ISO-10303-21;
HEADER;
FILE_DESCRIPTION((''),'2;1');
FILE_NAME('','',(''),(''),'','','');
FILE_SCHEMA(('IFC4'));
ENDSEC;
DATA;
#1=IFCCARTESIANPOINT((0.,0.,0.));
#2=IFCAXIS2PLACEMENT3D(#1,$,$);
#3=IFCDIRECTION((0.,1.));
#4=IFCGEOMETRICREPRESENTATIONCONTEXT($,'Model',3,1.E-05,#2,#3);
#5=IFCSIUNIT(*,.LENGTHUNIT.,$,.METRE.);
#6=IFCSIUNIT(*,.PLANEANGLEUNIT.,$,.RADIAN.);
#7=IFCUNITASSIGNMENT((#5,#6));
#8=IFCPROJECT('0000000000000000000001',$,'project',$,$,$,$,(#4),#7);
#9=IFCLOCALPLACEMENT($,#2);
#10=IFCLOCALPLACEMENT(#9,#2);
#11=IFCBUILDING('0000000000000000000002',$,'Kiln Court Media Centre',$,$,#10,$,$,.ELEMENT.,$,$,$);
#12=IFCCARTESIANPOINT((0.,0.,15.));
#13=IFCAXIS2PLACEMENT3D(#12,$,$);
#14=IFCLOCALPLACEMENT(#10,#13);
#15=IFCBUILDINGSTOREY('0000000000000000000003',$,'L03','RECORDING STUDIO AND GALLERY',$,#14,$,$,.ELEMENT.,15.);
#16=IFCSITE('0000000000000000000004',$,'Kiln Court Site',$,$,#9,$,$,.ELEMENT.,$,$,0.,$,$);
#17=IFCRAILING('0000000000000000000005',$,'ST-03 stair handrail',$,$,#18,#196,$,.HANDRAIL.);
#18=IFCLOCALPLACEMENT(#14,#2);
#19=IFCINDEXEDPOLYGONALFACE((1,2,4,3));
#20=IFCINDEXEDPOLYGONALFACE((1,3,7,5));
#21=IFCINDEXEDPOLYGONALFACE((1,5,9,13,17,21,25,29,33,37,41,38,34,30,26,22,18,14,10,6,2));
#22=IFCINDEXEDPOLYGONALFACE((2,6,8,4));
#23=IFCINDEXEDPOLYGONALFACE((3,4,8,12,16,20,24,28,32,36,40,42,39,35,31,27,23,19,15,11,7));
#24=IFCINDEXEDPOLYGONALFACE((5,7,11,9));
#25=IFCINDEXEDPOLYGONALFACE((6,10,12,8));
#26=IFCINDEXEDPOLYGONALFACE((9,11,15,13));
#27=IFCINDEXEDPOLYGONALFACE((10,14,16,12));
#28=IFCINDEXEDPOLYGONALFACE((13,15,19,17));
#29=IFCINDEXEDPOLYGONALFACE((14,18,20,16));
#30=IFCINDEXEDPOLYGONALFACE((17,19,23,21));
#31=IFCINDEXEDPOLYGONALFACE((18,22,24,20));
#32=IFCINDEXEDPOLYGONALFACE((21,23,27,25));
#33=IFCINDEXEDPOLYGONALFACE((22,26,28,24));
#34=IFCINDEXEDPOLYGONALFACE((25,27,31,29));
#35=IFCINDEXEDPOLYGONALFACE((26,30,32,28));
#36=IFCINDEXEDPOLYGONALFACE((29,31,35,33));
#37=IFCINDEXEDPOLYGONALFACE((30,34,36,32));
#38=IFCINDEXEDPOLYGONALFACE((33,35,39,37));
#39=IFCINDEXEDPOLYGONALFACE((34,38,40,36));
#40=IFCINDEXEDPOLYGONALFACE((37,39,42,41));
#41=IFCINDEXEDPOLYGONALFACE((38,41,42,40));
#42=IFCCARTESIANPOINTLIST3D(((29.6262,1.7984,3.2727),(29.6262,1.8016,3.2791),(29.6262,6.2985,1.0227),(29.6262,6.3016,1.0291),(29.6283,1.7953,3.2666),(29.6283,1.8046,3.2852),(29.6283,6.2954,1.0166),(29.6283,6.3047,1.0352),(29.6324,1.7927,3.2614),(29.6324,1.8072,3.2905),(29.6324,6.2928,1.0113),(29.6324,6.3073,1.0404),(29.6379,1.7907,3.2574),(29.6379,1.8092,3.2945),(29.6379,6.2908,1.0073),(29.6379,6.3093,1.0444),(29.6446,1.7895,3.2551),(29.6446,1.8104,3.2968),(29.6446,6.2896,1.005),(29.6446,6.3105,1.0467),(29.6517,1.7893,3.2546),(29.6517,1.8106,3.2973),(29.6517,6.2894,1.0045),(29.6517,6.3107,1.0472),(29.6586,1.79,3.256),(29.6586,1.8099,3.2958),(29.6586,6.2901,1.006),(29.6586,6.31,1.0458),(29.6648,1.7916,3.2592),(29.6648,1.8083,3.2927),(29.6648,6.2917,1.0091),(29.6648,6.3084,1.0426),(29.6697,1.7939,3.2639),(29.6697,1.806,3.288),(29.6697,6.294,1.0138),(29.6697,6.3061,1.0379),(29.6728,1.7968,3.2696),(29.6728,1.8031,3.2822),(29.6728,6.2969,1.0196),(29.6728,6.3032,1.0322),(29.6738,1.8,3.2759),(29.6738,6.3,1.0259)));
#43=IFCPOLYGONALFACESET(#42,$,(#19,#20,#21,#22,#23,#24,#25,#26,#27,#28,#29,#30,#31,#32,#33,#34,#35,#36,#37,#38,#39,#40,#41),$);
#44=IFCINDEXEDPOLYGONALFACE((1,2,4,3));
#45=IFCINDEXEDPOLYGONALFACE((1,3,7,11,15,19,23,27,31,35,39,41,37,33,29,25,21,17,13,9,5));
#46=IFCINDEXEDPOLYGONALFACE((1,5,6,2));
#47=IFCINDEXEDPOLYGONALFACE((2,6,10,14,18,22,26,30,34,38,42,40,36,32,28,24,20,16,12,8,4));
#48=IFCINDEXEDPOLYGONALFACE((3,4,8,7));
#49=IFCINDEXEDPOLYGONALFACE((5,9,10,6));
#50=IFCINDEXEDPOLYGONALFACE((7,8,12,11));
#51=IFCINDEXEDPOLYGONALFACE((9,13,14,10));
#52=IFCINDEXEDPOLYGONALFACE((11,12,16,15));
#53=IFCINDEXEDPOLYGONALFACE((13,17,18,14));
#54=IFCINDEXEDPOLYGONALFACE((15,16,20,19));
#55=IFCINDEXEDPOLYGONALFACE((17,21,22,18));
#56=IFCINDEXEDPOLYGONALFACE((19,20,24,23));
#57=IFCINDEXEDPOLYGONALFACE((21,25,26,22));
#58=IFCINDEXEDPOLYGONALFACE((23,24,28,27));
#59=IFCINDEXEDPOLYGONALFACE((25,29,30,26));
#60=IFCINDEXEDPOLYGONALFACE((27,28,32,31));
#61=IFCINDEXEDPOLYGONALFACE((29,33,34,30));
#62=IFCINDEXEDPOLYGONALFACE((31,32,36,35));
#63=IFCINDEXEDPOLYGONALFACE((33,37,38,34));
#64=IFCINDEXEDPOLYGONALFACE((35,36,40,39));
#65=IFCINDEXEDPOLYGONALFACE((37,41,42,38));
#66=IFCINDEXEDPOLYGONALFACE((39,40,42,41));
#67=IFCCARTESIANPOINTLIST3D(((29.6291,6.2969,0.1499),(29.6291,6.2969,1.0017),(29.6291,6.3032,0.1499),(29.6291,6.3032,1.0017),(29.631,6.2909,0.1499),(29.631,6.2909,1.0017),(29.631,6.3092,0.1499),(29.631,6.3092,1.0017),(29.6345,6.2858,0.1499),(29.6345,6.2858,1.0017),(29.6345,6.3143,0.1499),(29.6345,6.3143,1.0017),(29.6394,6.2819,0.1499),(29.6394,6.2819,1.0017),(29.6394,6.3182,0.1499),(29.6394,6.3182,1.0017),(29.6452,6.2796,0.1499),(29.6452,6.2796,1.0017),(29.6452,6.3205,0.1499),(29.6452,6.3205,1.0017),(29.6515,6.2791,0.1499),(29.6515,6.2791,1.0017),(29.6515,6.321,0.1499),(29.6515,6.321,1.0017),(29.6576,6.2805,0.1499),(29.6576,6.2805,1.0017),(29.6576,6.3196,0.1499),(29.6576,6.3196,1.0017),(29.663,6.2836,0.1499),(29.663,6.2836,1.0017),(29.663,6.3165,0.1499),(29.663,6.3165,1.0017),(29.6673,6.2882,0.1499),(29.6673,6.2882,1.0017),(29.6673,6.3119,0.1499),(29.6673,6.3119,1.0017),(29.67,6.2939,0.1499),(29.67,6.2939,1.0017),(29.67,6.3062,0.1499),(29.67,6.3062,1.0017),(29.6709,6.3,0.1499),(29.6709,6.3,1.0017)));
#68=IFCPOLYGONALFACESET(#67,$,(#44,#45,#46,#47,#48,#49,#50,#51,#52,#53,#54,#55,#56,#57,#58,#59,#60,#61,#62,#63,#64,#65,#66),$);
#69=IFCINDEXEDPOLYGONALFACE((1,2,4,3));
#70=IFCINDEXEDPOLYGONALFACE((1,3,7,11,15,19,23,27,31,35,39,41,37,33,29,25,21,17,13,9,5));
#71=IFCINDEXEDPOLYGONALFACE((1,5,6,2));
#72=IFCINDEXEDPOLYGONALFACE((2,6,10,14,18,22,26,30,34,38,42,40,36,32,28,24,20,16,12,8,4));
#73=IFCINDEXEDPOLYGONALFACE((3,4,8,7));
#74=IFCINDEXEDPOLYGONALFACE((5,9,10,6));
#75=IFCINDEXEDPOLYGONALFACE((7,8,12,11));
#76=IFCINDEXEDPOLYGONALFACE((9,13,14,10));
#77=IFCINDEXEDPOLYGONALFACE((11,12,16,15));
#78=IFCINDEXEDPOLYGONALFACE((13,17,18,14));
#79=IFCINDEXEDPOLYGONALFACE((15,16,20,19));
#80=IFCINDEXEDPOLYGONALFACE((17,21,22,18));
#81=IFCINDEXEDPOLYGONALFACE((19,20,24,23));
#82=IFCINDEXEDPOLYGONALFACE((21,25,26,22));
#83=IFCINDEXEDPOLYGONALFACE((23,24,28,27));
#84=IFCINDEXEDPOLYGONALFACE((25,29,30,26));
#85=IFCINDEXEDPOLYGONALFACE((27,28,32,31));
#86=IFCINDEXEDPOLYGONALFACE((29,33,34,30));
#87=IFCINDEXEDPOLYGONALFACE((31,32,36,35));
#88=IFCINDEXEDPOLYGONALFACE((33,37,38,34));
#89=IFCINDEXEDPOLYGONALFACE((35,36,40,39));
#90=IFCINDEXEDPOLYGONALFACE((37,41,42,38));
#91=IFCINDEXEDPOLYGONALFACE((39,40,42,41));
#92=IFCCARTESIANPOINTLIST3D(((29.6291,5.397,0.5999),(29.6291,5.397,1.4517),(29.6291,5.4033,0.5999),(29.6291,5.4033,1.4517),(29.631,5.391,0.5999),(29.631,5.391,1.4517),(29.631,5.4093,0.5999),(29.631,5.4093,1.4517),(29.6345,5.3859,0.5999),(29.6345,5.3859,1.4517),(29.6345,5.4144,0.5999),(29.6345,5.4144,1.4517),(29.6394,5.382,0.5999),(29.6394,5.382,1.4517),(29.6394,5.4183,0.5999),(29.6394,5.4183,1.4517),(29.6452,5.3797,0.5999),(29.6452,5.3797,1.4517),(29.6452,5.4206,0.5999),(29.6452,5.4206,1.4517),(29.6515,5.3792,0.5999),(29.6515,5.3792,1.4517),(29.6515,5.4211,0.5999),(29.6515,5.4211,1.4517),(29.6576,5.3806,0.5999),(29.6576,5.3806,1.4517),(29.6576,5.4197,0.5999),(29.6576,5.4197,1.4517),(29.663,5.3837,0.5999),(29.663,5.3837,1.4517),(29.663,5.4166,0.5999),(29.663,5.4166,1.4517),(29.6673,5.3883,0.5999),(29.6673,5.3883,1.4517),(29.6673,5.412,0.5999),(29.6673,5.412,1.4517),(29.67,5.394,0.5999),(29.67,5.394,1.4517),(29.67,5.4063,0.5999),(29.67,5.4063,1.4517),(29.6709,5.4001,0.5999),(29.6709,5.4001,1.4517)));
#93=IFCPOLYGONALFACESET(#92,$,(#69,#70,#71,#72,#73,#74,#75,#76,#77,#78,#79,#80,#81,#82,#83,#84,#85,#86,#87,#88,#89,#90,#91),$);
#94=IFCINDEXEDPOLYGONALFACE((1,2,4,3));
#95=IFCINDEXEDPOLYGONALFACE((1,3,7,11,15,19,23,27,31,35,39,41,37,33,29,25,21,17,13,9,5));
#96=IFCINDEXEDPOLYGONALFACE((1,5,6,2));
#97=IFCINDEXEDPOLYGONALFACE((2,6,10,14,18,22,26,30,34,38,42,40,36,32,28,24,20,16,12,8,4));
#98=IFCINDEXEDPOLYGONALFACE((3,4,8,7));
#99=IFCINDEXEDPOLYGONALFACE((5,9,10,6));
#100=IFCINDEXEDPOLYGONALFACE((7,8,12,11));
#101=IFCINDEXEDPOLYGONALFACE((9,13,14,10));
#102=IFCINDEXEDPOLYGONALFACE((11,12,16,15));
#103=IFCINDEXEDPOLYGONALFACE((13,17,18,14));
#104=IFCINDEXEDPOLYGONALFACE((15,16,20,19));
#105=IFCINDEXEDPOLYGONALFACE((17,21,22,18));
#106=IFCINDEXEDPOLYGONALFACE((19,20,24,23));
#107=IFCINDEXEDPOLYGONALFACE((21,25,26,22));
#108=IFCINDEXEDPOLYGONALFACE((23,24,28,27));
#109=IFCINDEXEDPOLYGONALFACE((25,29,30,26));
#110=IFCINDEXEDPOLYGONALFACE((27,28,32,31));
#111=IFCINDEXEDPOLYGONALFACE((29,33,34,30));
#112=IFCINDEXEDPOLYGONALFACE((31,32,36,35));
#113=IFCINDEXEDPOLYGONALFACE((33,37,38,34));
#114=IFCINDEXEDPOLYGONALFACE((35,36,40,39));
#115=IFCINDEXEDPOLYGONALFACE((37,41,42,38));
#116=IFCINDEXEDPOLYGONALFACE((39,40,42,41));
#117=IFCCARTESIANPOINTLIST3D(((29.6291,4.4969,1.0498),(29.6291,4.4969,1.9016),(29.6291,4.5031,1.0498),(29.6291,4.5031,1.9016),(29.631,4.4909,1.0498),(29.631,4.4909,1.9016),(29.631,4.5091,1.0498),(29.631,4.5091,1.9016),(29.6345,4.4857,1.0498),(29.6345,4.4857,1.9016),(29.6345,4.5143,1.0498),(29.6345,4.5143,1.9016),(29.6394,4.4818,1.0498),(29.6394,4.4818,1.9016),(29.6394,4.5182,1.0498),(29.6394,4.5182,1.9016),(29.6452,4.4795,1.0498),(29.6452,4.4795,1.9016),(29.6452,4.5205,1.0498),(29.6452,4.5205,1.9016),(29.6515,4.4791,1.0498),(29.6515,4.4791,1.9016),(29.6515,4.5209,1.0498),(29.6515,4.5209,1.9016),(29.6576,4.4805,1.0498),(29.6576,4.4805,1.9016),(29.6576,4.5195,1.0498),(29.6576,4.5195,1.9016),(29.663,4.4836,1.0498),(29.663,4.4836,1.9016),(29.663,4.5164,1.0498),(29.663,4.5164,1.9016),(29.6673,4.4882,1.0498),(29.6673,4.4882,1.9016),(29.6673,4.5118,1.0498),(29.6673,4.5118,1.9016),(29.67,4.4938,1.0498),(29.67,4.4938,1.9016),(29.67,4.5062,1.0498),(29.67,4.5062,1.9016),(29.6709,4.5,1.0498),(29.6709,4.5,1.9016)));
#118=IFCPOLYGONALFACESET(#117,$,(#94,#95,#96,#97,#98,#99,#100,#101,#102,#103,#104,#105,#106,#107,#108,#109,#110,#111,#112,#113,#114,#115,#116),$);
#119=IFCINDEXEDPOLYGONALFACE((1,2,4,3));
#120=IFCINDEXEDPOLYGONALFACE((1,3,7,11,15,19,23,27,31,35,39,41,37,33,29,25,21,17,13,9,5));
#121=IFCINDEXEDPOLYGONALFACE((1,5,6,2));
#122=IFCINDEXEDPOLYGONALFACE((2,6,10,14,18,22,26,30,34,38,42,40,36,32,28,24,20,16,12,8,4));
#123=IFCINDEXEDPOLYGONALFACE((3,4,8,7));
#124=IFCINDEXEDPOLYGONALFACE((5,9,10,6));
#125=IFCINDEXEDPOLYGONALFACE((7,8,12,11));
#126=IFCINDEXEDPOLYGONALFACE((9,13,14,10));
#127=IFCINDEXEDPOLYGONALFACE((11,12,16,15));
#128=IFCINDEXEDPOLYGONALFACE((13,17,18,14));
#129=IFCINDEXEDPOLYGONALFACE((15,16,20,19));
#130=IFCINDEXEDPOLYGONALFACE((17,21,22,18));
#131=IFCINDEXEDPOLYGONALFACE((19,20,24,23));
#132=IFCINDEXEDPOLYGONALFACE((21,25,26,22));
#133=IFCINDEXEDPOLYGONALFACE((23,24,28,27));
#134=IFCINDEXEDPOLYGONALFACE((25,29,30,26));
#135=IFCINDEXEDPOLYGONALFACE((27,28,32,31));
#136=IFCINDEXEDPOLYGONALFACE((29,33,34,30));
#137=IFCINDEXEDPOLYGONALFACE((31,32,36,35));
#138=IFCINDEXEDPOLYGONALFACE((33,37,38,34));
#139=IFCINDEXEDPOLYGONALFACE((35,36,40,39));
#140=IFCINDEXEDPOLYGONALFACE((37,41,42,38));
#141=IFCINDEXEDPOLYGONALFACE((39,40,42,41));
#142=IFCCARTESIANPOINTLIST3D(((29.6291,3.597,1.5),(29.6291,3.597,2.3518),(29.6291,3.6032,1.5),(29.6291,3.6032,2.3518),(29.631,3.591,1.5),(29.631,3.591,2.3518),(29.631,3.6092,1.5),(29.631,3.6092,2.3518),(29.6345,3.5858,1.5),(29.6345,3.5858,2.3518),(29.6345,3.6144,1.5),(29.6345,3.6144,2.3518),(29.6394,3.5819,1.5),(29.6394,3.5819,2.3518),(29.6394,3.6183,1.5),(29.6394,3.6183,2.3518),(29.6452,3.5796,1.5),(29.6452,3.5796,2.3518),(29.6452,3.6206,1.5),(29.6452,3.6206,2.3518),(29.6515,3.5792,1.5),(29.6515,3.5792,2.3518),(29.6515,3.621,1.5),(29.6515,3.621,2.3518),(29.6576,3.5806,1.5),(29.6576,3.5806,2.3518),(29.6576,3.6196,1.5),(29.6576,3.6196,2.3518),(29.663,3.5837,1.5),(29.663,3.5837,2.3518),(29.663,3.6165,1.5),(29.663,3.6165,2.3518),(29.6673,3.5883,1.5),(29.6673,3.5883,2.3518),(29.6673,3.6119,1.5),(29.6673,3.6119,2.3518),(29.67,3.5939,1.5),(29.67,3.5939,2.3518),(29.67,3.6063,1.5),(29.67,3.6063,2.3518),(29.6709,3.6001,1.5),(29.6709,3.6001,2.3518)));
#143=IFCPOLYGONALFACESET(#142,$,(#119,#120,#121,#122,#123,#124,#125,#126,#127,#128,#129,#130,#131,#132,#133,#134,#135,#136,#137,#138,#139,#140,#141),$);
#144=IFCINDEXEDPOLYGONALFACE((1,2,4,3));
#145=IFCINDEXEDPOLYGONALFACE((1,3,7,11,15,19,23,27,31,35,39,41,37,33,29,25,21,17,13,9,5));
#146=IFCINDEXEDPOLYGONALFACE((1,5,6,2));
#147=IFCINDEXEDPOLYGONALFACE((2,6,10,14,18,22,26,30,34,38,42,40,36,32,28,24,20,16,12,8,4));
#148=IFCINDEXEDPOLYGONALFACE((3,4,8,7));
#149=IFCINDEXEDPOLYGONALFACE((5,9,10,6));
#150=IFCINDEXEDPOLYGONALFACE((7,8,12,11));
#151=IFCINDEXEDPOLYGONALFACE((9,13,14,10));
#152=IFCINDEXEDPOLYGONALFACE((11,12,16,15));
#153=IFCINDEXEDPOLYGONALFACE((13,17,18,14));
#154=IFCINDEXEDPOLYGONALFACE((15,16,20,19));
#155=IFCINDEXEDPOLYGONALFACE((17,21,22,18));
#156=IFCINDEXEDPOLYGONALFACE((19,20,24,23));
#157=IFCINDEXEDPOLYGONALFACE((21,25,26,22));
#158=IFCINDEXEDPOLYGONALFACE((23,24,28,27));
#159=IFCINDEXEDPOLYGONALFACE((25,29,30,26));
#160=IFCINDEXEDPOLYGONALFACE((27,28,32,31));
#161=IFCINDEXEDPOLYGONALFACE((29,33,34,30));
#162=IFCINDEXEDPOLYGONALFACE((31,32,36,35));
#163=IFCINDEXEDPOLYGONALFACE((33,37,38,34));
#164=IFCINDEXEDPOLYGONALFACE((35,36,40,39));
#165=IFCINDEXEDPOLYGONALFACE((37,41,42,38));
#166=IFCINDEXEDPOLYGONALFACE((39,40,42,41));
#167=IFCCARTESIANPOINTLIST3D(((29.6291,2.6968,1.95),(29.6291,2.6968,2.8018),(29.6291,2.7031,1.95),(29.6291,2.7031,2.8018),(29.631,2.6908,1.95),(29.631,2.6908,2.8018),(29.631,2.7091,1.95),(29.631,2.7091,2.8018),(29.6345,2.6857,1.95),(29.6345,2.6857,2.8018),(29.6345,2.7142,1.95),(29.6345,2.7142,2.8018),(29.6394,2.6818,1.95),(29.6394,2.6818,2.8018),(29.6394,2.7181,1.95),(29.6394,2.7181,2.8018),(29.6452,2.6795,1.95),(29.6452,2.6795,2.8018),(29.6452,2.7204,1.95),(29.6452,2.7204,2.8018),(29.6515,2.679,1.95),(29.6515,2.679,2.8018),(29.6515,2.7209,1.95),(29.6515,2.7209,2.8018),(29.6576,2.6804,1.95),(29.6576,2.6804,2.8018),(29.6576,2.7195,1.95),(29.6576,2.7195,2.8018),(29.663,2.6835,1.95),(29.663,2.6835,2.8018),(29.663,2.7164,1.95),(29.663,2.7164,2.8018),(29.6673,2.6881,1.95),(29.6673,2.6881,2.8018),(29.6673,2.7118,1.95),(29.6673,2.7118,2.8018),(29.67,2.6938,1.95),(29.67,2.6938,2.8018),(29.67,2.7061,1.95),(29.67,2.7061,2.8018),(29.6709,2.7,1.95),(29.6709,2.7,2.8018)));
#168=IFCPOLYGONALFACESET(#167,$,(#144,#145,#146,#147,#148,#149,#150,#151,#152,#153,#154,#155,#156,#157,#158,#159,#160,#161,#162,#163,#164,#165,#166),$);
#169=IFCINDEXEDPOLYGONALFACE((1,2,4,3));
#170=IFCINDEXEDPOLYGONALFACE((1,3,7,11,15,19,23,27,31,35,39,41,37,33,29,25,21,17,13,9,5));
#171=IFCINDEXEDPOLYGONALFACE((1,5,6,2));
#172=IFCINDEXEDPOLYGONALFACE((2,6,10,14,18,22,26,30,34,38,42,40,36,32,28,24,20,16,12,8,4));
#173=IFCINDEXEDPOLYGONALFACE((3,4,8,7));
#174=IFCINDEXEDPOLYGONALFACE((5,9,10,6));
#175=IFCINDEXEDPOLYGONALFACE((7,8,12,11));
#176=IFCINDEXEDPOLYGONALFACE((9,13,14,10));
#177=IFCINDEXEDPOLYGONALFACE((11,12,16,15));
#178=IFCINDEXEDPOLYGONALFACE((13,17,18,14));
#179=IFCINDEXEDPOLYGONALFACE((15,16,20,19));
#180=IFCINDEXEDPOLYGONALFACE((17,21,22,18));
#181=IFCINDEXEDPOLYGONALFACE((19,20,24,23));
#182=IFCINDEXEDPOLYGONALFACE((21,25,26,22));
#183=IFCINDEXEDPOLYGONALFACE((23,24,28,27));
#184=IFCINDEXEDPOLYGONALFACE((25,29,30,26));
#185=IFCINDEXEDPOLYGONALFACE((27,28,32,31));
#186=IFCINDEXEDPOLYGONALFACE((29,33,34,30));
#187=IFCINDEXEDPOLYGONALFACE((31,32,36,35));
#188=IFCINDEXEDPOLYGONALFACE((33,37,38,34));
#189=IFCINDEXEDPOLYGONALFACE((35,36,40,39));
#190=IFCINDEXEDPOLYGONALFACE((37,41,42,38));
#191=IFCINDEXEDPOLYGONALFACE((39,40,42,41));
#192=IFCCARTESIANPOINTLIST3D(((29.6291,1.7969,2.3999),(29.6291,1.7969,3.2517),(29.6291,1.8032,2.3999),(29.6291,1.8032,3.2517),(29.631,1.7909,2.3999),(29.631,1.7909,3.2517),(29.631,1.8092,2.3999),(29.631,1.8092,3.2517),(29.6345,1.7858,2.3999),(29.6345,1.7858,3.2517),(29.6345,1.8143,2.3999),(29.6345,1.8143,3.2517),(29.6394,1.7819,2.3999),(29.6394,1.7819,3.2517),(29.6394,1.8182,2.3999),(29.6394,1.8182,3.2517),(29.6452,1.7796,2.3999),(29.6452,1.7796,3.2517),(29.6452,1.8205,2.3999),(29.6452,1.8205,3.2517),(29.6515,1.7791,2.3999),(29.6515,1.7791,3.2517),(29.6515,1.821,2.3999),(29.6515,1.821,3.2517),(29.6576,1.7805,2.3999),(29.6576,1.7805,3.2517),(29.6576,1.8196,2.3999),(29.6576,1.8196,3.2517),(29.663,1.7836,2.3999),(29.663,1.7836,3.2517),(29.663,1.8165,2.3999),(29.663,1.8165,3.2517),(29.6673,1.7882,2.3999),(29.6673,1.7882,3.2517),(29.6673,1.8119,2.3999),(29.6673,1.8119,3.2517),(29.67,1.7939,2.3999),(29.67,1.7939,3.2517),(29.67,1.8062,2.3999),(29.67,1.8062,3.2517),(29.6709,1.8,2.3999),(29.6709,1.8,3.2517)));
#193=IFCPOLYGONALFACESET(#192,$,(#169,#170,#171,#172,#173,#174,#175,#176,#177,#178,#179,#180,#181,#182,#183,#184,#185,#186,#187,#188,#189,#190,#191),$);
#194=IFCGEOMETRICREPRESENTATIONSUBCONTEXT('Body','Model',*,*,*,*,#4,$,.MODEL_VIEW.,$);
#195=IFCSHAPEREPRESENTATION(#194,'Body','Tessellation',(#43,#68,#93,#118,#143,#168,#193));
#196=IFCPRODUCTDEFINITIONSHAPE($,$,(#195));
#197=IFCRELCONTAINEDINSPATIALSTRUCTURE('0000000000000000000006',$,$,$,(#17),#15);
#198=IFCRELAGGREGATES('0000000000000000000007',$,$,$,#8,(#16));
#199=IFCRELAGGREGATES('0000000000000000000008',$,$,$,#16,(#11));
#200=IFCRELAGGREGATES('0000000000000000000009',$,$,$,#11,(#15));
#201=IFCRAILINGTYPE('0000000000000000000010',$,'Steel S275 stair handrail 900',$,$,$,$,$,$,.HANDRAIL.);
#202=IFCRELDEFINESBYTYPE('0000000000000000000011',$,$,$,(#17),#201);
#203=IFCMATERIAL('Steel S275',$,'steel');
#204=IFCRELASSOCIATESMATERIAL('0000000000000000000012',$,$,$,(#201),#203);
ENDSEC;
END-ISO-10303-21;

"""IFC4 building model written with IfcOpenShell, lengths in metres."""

from ifc_helpers import new_model, si_unit, direction, frame, origin, origin_2d, place, context, subcontext, project, spatial, circle, extrude, material, type_object, element, save


model = new_model("IFC4")

# Units and contexts
model_context = context("Model", 3, precision=1e-05, world=origin(), true_north=direction((0.0, 1.0)))
body_context = subcontext(model_context, "Body", "Model", "MODEL_VIEW")
ifc_project = project(units=[si_unit("LENGTHUNIT", "METRE"), si_unit("PLANEANGLEUNIT", "RADIAN")], contexts=[model_context])

# Site, building, storey
site_placement = place(None, origin())
site = spatial("IfcSite", under=ifc_project, at=site_placement, Name="Kiln Court Site", CompositionType="ELEMENT", RefElevation=0.0)
building_placement = place(site_placement, origin())
building = spatial("IfcBuilding", under=site, at=building_placement, Name="Kiln Court Media Centre", CompositionType="ELEMENT")
storey_placement = place(building_placement, frame((0.0, 0.0, 15.0)))
storey = spatial("IfcBuildingStorey", under=building, at=storey_placement, Name="L03", Description="RECORDING STUDIO AND GALLERY", CompositionType="ELEMENT", Elevation=15.0)

# Railing
ifc_material_1 = material(Name="Steel S275", Category="steel")
railing_type_1 = type_object("IfcRailingType", Name="Steel S275 stair handrail 900", PredefinedType="HANDRAIL", material=ifc_material_1)
railing_1_placement = place(storey_placement, frame((29.6499, 6.3, 0.1499)))
element("IfcRailing", 1, at=railing_1_placement, inside=storey, type_object=railing_type_1, Name="ST-03 stair handrail", PredefinedType="HANDRAIL", context=body_context, shape_type="SweptSolid", body=[
    extrude(circle(Radius=0.0239, at=origin_2d()), frame((0.0, 0.0, 0.876), z_axis=(0.0, -0.894427, 0.447214), x_axis=(1.0, 0.0, 0.0)), (0.0, 0.0, 1.0), 5.0312),
    extrude(circle(Radius=0.021, at=origin_2d()), origin(), (0.0, 0.0, 1.0), 0.8518),
    extrude(circle(Radius=0.021, at=origin_2d()), frame((0.0, -0.8999, 0.45)), (0.0, 0.0, 1.0), 0.8518),
    extrude(circle(Radius=0.021, at=origin_2d()), frame((0.0, -1.8, 0.8999)), (0.0, 0.0, 1.0), 0.8518),
    extrude(circle(Radius=0.021, at=origin_2d()), frame((0.0, -2.7, 1.3501)), (0.0, 0.0, 1.0), 0.8518),
    extrude(circle(Radius=0.021, at=origin_2d()), frame((0.0, -3.6001, 1.8)), (0.0, 0.0, 1.0), 0.8518),
    extrude(circle(Radius=0.021, at=origin_2d()), frame((0.0, -4.5, 2.25)), (0.0, 0.0, 1.0), 0.8518),
])

save(model, "model.ifc")
